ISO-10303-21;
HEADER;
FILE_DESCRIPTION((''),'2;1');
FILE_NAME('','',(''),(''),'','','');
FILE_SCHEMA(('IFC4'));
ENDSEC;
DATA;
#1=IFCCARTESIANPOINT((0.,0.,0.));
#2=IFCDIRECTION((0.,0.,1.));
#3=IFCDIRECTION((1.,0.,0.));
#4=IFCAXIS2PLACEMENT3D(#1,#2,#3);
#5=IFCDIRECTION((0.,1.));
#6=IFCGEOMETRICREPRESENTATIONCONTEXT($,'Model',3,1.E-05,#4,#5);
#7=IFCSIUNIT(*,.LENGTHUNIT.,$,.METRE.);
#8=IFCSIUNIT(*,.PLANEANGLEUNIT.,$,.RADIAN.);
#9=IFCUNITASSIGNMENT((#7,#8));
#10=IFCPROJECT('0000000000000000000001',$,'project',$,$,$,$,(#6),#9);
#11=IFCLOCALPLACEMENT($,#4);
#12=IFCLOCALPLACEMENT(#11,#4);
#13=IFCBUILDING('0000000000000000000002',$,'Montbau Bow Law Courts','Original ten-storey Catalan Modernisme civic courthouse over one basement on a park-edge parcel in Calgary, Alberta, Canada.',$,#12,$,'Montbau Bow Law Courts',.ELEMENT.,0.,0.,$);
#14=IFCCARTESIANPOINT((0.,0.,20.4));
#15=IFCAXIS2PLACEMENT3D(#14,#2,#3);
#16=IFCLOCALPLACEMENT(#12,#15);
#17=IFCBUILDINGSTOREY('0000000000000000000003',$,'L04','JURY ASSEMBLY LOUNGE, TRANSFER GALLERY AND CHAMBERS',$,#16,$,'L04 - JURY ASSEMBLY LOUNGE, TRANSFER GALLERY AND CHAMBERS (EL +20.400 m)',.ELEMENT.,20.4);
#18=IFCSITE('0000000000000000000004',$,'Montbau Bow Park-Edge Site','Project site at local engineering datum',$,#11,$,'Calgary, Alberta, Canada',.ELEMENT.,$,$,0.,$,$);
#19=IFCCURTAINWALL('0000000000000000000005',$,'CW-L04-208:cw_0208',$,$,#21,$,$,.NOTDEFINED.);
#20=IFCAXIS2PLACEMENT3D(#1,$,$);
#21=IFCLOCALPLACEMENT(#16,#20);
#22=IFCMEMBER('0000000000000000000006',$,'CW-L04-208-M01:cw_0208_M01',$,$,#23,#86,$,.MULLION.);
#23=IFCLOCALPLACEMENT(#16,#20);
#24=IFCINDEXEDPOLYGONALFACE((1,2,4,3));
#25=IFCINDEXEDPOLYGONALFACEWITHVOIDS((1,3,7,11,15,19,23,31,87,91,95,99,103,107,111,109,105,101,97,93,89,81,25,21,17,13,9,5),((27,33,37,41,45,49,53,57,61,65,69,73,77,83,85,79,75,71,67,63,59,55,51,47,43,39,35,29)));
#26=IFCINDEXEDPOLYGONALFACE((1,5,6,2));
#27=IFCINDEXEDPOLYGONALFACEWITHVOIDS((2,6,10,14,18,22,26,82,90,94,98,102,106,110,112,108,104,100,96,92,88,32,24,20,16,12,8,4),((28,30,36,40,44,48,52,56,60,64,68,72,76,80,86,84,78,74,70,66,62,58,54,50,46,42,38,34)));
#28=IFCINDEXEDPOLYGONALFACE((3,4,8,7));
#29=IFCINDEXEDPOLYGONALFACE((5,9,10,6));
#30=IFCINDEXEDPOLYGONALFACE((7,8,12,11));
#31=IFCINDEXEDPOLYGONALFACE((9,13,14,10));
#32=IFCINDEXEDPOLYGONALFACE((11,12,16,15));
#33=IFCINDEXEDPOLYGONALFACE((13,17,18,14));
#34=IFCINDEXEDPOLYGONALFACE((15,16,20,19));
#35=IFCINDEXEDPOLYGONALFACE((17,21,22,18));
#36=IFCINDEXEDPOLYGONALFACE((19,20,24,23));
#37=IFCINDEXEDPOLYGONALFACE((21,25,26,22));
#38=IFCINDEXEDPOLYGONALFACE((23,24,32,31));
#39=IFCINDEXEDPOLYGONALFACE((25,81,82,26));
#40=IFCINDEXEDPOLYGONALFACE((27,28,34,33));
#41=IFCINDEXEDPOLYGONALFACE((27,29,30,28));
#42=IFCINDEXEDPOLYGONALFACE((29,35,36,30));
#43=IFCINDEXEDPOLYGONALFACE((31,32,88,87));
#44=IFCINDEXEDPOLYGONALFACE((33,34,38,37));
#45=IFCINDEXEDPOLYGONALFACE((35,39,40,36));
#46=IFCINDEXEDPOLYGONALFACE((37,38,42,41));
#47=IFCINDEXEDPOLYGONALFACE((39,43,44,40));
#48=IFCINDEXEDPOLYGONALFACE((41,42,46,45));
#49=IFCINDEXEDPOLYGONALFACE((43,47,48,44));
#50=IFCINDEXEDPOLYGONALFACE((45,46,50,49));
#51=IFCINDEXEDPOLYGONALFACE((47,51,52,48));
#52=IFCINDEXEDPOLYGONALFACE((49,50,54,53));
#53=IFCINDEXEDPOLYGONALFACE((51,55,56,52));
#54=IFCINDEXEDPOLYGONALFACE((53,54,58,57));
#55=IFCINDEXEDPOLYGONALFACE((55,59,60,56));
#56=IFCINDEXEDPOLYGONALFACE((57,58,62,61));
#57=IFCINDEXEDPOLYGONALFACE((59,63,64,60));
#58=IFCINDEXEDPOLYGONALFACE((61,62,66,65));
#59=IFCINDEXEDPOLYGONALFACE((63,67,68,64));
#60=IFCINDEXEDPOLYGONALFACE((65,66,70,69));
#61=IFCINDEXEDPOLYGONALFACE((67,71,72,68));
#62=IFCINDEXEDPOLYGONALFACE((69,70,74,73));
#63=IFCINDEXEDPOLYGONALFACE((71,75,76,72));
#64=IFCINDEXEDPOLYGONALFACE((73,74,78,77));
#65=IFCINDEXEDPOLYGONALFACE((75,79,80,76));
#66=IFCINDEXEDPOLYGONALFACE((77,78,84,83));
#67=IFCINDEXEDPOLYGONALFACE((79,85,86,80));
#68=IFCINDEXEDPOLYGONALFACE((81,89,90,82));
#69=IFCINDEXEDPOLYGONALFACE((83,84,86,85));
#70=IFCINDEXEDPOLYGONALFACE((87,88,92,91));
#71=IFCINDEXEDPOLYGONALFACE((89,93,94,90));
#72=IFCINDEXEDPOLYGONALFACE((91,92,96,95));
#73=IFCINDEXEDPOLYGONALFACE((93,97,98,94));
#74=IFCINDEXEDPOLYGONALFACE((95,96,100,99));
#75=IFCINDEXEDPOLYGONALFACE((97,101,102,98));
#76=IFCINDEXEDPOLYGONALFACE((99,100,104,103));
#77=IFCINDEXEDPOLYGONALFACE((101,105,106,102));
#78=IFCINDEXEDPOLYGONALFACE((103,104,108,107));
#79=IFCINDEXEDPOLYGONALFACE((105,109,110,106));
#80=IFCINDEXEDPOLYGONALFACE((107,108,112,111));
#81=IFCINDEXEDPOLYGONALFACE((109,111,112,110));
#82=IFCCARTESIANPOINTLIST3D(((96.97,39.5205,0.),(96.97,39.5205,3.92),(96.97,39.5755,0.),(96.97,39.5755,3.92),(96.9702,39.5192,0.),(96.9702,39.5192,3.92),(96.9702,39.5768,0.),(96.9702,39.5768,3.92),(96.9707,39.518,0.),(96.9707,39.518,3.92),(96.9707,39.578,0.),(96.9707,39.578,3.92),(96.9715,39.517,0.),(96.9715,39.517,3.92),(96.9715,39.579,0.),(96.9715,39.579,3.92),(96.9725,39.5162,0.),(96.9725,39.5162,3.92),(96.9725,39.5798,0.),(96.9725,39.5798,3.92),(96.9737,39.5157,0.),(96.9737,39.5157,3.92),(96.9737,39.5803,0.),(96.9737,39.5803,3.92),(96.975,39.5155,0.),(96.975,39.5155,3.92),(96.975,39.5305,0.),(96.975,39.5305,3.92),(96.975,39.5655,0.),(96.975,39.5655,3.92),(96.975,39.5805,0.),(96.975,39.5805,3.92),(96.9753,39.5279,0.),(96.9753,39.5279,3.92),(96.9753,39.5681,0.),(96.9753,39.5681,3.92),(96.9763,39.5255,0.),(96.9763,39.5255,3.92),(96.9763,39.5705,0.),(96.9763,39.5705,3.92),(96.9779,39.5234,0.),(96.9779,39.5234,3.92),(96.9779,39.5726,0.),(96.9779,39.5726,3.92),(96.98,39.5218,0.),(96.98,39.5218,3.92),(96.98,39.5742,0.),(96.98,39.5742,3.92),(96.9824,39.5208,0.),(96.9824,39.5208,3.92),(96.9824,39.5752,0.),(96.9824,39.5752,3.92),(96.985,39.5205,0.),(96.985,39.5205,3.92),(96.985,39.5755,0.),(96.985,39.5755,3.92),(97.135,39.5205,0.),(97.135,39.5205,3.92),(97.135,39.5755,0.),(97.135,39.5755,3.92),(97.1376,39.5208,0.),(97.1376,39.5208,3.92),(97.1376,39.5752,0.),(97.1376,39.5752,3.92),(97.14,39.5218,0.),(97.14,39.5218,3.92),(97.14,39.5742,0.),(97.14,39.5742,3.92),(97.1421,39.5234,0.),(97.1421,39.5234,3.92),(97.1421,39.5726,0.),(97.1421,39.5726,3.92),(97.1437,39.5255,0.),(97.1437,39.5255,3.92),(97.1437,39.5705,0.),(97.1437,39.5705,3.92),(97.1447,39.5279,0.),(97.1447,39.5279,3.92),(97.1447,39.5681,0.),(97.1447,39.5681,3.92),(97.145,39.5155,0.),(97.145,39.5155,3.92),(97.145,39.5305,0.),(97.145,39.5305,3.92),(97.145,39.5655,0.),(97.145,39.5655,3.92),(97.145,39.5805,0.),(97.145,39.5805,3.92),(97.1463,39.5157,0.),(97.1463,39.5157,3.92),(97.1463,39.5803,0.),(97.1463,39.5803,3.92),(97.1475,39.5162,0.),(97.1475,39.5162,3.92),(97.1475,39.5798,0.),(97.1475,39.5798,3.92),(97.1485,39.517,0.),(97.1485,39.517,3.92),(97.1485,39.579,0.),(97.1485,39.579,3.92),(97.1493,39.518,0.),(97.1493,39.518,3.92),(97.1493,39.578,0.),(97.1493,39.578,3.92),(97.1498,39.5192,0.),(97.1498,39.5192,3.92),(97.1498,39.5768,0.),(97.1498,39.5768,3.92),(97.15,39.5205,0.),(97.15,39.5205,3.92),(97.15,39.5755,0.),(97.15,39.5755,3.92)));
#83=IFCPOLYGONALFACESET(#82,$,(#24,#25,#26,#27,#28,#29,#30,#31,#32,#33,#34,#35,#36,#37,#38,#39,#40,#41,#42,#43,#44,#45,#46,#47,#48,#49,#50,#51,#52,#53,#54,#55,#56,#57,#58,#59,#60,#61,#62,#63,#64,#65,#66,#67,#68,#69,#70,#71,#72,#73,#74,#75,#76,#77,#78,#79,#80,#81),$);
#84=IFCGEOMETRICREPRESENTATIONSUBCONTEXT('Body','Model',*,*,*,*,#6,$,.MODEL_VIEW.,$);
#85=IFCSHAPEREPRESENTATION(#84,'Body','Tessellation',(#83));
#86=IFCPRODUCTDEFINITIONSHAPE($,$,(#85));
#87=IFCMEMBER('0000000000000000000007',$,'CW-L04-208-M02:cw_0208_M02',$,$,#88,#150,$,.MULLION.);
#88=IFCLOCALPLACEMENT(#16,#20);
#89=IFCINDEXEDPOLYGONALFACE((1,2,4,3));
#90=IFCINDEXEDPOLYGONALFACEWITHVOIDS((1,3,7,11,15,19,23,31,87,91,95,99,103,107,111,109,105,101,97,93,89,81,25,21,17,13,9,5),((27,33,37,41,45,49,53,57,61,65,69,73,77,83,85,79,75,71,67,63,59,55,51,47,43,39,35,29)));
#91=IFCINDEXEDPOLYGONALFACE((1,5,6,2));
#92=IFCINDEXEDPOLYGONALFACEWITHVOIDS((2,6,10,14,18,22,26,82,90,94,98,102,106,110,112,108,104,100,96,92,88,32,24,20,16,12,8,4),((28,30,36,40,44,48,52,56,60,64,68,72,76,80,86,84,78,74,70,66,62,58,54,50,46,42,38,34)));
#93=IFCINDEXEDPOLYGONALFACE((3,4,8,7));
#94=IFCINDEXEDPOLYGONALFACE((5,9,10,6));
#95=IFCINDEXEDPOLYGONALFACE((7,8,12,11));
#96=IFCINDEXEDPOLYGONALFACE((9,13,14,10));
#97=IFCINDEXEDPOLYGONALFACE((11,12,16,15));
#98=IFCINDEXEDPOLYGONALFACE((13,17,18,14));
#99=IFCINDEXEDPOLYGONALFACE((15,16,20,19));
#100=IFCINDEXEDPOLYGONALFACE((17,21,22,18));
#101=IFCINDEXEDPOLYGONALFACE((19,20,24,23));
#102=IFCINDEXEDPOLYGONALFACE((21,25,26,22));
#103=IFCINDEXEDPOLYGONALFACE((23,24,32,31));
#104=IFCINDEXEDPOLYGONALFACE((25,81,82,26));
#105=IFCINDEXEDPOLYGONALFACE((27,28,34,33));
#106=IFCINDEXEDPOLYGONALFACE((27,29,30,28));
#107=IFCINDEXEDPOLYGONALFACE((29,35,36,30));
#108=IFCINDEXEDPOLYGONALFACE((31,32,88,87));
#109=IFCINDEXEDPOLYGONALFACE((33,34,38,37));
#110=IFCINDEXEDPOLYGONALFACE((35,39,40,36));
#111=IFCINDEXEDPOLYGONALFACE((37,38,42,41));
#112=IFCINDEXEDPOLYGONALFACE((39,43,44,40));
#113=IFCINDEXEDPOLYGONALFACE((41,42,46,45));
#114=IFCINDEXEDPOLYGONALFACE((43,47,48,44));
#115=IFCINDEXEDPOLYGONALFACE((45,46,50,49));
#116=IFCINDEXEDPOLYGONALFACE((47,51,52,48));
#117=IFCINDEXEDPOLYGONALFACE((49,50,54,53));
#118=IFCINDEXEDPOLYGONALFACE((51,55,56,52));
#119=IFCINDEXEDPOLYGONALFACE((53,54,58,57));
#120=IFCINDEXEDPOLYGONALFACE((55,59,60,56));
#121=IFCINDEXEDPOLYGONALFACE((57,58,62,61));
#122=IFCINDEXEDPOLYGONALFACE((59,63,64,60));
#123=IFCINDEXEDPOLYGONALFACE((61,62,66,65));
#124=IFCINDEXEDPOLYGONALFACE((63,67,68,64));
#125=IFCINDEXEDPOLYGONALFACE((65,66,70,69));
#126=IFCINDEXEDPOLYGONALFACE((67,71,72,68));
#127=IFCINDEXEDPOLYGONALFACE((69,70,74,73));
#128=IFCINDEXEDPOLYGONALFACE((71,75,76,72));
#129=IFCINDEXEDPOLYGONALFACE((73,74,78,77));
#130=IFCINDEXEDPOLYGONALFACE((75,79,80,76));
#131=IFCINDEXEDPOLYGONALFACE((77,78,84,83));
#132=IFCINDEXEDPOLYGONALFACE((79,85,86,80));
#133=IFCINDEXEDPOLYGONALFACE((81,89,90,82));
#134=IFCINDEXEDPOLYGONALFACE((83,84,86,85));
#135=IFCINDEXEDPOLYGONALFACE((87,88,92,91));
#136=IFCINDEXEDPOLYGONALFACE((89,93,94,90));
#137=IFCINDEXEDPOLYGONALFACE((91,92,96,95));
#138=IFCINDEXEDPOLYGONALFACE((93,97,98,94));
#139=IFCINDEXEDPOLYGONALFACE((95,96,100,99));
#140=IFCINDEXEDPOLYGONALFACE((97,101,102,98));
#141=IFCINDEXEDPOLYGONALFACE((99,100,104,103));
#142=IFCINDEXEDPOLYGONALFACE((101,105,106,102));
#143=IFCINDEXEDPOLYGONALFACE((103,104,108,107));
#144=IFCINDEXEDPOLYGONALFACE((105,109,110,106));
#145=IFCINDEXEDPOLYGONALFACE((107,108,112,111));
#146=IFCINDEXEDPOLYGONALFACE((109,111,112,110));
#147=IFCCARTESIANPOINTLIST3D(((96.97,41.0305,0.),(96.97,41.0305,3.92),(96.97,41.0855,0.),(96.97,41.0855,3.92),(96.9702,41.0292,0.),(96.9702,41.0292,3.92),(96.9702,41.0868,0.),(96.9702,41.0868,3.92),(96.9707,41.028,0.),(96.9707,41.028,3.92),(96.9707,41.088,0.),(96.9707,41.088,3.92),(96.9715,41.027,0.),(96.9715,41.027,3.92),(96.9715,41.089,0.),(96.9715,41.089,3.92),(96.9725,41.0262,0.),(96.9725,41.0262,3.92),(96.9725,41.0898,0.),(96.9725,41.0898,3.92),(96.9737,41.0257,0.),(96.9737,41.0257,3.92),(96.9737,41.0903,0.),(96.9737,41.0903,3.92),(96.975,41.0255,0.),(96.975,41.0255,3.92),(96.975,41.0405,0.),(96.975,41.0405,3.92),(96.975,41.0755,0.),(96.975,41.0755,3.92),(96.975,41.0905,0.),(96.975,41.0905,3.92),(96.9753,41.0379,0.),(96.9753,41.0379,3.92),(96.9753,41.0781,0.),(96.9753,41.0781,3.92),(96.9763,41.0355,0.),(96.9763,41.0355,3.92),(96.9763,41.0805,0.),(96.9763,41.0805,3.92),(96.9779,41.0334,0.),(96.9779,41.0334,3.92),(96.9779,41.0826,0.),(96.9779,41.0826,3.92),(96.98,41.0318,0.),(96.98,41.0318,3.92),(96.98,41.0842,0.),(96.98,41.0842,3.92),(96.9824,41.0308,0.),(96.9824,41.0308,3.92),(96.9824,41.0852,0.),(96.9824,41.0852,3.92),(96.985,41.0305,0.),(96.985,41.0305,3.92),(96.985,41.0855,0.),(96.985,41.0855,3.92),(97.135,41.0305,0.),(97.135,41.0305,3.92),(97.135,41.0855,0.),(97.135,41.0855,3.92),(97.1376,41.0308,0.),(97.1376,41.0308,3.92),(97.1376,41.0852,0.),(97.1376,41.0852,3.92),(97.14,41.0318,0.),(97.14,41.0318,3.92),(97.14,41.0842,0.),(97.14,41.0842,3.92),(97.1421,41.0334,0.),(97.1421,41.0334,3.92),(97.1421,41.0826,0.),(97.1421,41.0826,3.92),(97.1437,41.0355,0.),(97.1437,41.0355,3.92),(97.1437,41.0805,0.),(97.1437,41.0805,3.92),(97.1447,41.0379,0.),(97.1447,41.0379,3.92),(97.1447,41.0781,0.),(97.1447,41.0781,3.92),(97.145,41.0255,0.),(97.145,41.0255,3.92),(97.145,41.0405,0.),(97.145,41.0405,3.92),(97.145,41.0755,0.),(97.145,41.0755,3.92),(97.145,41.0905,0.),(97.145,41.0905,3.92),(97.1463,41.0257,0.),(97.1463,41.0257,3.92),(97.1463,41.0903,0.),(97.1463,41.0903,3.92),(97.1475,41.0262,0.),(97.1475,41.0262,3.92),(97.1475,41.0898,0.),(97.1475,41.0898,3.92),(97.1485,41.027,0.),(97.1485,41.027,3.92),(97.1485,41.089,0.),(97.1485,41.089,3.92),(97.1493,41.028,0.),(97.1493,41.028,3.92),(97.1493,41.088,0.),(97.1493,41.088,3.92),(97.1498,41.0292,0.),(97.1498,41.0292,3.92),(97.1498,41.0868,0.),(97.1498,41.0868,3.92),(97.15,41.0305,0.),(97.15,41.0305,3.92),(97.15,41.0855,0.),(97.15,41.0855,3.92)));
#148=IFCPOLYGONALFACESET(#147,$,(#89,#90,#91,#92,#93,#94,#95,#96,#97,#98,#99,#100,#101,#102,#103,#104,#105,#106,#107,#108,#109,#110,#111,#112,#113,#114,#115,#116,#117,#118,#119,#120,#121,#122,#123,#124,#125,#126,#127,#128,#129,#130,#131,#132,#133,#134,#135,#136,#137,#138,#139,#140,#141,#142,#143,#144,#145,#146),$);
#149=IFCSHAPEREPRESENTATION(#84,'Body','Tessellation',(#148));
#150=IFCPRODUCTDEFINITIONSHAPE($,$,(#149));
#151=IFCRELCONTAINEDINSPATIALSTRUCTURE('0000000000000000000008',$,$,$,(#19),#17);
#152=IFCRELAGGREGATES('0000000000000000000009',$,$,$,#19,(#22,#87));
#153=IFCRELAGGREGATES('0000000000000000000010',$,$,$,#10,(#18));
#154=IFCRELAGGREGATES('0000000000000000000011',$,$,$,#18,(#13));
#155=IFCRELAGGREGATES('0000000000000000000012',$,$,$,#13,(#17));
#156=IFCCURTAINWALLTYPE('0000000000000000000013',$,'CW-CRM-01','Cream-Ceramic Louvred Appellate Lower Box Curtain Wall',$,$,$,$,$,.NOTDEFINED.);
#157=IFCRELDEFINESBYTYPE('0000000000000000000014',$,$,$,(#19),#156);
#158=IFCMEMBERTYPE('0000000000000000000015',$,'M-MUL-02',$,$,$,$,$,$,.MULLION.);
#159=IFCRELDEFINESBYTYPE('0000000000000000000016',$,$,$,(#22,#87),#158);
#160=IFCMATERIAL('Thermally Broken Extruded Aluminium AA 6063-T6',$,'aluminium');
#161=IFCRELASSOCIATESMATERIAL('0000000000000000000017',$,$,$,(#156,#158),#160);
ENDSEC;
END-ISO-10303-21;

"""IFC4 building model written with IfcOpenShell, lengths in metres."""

from ifc_helpers import new_model, si_unit, direction, frame, origin_with_axes, origin_2d_with_axis, place, context, subcontext, project, spatial, hollow_rectangle, extrude, material, material_profile, profile_set, type_object, element, aggregate, save


model = new_model("IFC4")

# Units and contexts
model_context = context("Model", 3, precision=1e-05, world=origin_with_axes(), true_north=direction((0.0, 1.0)))
body_context = subcontext(model_context, "Body", "Model", "MODEL_VIEW")
ifc_project = project(units=[si_unit("LENGTHUNIT", "METRE"), si_unit("PLANEANGLEUNIT", "RADIAN")], contexts=[model_context])

# Site, building, storey
site_placement = place(None, origin_with_axes())
site = spatial("IfcSite", under=ifc_project, at=site_placement, Name="Montbau Bow Park-Edge Site", Description="Project site at local engineering datum", LongName="Calgary, Alberta, Canada", CompositionType="ELEMENT", RefElevation=0.0)
building_placement = place(site_placement, origin_with_axes())
building = spatial("IfcBuilding", under=site, at=building_placement, Name="Montbau Bow Law Courts", Description="Original ten-storey Catalan Modernisme civic courthouse over one basement on a park-edge parcel in Calgary, Alberta, Canada.", LongName="Montbau Bow Law Courts", CompositionType="ELEMENT", ElevationOfRefHeight=0.0, ElevationOfTerrain=0.0)
storey_placement = place(building_placement, frame((0.0, 0.0, 20.4), z_axis=(0.0, 0.0, 1.0), x_axis=(1.0, 0.0, 0.0)))
storey = spatial("IfcBuildingStorey", under=building, at=storey_placement, Name="L04", Description="JURY ASSEMBLY LOUNGE, TRANSFER GALLERY AND CHAMBERS", LongName="L04 - JURY ASSEMBLY LOUNGE, TRANSFER GALLERY AND CHAMBERS (EL +20.400 m)", CompositionType="ELEMENT", Elevation=20.4)

# Curtain wall, members
ifc_material_1 = material(Name="Thermally Broken Extruded Aluminium AA 6063-T6", Category="aluminium")
curtain_wall_type = type_object("IfcCurtainWallType", Name="CW-CRM-01", Description="Cream-Ceramic Louvred Appellate Lower Box Curtain Wall", PredefinedType="NOTDEFINED", material=ifc_material_1)
curtain_wall_1_placement = place(None, frame((97.06, 39.515, 20.4), z_axis=(0.0, 0.0, 1.0), x_axis=(1.0, 0.0, 0.0)))
curtain_wall_1 = element("IfcCurtainWall", 1, at=curtain_wall_1_placement, inside=storey, type_object=curtain_wall_type, Name="CW-L04-208:cw_0208", PredefinedType="NOTDEFINED")
ifc_material_profile_1 = material_profile(ifc_material_1, hollow_rectangle(XDim=0.065, YDim=0.18, WallThickness=0.005, InnerFilletRadius=0.01, OuterFilletRadius=0.005, at=origin_2d_with_axis()), Name="CWM-180X65", Category="Main", Priority=0)
ifc_profile_set_1 = profile_set([ifc_material_profile_1], Name="Thermally Broken Extruded Aluminium AA 6063-T6")
member_type_1 = type_object("IfcMemberType", Name="M-MUL-02", PredefinedType="MULLION", material=ifc_profile_set_1)
member_1_placement = place(None, frame((97.06, 39.548, 20.4), z_axis=(0.0, 0.0, 1.0), x_axis=(0.0, 1.0, 0.0)))
member_1 = element("IfcMember", 2, at=member_1_placement, type_object=member_type_1, Name="CW-L04-208-M01:cw_0208_M01", PredefinedType="MULLION", context=body_context, shape_type="SweptSolid", body=[
    extrude(hollow_rectangle(XDim=0.065, YDim=0.18, WallThickness=0.005, InnerFilletRadius=0.01, OuterFilletRadius=0.005, at=origin_2d_with_axis()), origin_with_axes(), (0.0, 0.0, 1.0), 3.92),
])
member_2_placement = place(None, frame((97.06, 41.058, 20.4), z_axis=(0.0, 0.0, 1.0), x_axis=(0.0, 1.0, 0.0)))
member_2 = element("IfcMember", 3, at=member_2_placement, type_object=member_type_1, Name="CW-L04-208-M02:cw_0208_M02", PredefinedType="MULLION", context=body_context, shape_type="SweptSolid", body=[
    extrude(hollow_rectangle(XDim=0.065, YDim=0.18, WallThickness=0.005, InnerFilletRadius=0.01, OuterFilletRadius=0.005, at=origin_2d_with_axis()), origin_with_axes(), (0.0, 0.0, 1.0), 3.92),
])

aggregate(curtain_wall_1, [member_1, member_2])

save(model, "model.ifc")
